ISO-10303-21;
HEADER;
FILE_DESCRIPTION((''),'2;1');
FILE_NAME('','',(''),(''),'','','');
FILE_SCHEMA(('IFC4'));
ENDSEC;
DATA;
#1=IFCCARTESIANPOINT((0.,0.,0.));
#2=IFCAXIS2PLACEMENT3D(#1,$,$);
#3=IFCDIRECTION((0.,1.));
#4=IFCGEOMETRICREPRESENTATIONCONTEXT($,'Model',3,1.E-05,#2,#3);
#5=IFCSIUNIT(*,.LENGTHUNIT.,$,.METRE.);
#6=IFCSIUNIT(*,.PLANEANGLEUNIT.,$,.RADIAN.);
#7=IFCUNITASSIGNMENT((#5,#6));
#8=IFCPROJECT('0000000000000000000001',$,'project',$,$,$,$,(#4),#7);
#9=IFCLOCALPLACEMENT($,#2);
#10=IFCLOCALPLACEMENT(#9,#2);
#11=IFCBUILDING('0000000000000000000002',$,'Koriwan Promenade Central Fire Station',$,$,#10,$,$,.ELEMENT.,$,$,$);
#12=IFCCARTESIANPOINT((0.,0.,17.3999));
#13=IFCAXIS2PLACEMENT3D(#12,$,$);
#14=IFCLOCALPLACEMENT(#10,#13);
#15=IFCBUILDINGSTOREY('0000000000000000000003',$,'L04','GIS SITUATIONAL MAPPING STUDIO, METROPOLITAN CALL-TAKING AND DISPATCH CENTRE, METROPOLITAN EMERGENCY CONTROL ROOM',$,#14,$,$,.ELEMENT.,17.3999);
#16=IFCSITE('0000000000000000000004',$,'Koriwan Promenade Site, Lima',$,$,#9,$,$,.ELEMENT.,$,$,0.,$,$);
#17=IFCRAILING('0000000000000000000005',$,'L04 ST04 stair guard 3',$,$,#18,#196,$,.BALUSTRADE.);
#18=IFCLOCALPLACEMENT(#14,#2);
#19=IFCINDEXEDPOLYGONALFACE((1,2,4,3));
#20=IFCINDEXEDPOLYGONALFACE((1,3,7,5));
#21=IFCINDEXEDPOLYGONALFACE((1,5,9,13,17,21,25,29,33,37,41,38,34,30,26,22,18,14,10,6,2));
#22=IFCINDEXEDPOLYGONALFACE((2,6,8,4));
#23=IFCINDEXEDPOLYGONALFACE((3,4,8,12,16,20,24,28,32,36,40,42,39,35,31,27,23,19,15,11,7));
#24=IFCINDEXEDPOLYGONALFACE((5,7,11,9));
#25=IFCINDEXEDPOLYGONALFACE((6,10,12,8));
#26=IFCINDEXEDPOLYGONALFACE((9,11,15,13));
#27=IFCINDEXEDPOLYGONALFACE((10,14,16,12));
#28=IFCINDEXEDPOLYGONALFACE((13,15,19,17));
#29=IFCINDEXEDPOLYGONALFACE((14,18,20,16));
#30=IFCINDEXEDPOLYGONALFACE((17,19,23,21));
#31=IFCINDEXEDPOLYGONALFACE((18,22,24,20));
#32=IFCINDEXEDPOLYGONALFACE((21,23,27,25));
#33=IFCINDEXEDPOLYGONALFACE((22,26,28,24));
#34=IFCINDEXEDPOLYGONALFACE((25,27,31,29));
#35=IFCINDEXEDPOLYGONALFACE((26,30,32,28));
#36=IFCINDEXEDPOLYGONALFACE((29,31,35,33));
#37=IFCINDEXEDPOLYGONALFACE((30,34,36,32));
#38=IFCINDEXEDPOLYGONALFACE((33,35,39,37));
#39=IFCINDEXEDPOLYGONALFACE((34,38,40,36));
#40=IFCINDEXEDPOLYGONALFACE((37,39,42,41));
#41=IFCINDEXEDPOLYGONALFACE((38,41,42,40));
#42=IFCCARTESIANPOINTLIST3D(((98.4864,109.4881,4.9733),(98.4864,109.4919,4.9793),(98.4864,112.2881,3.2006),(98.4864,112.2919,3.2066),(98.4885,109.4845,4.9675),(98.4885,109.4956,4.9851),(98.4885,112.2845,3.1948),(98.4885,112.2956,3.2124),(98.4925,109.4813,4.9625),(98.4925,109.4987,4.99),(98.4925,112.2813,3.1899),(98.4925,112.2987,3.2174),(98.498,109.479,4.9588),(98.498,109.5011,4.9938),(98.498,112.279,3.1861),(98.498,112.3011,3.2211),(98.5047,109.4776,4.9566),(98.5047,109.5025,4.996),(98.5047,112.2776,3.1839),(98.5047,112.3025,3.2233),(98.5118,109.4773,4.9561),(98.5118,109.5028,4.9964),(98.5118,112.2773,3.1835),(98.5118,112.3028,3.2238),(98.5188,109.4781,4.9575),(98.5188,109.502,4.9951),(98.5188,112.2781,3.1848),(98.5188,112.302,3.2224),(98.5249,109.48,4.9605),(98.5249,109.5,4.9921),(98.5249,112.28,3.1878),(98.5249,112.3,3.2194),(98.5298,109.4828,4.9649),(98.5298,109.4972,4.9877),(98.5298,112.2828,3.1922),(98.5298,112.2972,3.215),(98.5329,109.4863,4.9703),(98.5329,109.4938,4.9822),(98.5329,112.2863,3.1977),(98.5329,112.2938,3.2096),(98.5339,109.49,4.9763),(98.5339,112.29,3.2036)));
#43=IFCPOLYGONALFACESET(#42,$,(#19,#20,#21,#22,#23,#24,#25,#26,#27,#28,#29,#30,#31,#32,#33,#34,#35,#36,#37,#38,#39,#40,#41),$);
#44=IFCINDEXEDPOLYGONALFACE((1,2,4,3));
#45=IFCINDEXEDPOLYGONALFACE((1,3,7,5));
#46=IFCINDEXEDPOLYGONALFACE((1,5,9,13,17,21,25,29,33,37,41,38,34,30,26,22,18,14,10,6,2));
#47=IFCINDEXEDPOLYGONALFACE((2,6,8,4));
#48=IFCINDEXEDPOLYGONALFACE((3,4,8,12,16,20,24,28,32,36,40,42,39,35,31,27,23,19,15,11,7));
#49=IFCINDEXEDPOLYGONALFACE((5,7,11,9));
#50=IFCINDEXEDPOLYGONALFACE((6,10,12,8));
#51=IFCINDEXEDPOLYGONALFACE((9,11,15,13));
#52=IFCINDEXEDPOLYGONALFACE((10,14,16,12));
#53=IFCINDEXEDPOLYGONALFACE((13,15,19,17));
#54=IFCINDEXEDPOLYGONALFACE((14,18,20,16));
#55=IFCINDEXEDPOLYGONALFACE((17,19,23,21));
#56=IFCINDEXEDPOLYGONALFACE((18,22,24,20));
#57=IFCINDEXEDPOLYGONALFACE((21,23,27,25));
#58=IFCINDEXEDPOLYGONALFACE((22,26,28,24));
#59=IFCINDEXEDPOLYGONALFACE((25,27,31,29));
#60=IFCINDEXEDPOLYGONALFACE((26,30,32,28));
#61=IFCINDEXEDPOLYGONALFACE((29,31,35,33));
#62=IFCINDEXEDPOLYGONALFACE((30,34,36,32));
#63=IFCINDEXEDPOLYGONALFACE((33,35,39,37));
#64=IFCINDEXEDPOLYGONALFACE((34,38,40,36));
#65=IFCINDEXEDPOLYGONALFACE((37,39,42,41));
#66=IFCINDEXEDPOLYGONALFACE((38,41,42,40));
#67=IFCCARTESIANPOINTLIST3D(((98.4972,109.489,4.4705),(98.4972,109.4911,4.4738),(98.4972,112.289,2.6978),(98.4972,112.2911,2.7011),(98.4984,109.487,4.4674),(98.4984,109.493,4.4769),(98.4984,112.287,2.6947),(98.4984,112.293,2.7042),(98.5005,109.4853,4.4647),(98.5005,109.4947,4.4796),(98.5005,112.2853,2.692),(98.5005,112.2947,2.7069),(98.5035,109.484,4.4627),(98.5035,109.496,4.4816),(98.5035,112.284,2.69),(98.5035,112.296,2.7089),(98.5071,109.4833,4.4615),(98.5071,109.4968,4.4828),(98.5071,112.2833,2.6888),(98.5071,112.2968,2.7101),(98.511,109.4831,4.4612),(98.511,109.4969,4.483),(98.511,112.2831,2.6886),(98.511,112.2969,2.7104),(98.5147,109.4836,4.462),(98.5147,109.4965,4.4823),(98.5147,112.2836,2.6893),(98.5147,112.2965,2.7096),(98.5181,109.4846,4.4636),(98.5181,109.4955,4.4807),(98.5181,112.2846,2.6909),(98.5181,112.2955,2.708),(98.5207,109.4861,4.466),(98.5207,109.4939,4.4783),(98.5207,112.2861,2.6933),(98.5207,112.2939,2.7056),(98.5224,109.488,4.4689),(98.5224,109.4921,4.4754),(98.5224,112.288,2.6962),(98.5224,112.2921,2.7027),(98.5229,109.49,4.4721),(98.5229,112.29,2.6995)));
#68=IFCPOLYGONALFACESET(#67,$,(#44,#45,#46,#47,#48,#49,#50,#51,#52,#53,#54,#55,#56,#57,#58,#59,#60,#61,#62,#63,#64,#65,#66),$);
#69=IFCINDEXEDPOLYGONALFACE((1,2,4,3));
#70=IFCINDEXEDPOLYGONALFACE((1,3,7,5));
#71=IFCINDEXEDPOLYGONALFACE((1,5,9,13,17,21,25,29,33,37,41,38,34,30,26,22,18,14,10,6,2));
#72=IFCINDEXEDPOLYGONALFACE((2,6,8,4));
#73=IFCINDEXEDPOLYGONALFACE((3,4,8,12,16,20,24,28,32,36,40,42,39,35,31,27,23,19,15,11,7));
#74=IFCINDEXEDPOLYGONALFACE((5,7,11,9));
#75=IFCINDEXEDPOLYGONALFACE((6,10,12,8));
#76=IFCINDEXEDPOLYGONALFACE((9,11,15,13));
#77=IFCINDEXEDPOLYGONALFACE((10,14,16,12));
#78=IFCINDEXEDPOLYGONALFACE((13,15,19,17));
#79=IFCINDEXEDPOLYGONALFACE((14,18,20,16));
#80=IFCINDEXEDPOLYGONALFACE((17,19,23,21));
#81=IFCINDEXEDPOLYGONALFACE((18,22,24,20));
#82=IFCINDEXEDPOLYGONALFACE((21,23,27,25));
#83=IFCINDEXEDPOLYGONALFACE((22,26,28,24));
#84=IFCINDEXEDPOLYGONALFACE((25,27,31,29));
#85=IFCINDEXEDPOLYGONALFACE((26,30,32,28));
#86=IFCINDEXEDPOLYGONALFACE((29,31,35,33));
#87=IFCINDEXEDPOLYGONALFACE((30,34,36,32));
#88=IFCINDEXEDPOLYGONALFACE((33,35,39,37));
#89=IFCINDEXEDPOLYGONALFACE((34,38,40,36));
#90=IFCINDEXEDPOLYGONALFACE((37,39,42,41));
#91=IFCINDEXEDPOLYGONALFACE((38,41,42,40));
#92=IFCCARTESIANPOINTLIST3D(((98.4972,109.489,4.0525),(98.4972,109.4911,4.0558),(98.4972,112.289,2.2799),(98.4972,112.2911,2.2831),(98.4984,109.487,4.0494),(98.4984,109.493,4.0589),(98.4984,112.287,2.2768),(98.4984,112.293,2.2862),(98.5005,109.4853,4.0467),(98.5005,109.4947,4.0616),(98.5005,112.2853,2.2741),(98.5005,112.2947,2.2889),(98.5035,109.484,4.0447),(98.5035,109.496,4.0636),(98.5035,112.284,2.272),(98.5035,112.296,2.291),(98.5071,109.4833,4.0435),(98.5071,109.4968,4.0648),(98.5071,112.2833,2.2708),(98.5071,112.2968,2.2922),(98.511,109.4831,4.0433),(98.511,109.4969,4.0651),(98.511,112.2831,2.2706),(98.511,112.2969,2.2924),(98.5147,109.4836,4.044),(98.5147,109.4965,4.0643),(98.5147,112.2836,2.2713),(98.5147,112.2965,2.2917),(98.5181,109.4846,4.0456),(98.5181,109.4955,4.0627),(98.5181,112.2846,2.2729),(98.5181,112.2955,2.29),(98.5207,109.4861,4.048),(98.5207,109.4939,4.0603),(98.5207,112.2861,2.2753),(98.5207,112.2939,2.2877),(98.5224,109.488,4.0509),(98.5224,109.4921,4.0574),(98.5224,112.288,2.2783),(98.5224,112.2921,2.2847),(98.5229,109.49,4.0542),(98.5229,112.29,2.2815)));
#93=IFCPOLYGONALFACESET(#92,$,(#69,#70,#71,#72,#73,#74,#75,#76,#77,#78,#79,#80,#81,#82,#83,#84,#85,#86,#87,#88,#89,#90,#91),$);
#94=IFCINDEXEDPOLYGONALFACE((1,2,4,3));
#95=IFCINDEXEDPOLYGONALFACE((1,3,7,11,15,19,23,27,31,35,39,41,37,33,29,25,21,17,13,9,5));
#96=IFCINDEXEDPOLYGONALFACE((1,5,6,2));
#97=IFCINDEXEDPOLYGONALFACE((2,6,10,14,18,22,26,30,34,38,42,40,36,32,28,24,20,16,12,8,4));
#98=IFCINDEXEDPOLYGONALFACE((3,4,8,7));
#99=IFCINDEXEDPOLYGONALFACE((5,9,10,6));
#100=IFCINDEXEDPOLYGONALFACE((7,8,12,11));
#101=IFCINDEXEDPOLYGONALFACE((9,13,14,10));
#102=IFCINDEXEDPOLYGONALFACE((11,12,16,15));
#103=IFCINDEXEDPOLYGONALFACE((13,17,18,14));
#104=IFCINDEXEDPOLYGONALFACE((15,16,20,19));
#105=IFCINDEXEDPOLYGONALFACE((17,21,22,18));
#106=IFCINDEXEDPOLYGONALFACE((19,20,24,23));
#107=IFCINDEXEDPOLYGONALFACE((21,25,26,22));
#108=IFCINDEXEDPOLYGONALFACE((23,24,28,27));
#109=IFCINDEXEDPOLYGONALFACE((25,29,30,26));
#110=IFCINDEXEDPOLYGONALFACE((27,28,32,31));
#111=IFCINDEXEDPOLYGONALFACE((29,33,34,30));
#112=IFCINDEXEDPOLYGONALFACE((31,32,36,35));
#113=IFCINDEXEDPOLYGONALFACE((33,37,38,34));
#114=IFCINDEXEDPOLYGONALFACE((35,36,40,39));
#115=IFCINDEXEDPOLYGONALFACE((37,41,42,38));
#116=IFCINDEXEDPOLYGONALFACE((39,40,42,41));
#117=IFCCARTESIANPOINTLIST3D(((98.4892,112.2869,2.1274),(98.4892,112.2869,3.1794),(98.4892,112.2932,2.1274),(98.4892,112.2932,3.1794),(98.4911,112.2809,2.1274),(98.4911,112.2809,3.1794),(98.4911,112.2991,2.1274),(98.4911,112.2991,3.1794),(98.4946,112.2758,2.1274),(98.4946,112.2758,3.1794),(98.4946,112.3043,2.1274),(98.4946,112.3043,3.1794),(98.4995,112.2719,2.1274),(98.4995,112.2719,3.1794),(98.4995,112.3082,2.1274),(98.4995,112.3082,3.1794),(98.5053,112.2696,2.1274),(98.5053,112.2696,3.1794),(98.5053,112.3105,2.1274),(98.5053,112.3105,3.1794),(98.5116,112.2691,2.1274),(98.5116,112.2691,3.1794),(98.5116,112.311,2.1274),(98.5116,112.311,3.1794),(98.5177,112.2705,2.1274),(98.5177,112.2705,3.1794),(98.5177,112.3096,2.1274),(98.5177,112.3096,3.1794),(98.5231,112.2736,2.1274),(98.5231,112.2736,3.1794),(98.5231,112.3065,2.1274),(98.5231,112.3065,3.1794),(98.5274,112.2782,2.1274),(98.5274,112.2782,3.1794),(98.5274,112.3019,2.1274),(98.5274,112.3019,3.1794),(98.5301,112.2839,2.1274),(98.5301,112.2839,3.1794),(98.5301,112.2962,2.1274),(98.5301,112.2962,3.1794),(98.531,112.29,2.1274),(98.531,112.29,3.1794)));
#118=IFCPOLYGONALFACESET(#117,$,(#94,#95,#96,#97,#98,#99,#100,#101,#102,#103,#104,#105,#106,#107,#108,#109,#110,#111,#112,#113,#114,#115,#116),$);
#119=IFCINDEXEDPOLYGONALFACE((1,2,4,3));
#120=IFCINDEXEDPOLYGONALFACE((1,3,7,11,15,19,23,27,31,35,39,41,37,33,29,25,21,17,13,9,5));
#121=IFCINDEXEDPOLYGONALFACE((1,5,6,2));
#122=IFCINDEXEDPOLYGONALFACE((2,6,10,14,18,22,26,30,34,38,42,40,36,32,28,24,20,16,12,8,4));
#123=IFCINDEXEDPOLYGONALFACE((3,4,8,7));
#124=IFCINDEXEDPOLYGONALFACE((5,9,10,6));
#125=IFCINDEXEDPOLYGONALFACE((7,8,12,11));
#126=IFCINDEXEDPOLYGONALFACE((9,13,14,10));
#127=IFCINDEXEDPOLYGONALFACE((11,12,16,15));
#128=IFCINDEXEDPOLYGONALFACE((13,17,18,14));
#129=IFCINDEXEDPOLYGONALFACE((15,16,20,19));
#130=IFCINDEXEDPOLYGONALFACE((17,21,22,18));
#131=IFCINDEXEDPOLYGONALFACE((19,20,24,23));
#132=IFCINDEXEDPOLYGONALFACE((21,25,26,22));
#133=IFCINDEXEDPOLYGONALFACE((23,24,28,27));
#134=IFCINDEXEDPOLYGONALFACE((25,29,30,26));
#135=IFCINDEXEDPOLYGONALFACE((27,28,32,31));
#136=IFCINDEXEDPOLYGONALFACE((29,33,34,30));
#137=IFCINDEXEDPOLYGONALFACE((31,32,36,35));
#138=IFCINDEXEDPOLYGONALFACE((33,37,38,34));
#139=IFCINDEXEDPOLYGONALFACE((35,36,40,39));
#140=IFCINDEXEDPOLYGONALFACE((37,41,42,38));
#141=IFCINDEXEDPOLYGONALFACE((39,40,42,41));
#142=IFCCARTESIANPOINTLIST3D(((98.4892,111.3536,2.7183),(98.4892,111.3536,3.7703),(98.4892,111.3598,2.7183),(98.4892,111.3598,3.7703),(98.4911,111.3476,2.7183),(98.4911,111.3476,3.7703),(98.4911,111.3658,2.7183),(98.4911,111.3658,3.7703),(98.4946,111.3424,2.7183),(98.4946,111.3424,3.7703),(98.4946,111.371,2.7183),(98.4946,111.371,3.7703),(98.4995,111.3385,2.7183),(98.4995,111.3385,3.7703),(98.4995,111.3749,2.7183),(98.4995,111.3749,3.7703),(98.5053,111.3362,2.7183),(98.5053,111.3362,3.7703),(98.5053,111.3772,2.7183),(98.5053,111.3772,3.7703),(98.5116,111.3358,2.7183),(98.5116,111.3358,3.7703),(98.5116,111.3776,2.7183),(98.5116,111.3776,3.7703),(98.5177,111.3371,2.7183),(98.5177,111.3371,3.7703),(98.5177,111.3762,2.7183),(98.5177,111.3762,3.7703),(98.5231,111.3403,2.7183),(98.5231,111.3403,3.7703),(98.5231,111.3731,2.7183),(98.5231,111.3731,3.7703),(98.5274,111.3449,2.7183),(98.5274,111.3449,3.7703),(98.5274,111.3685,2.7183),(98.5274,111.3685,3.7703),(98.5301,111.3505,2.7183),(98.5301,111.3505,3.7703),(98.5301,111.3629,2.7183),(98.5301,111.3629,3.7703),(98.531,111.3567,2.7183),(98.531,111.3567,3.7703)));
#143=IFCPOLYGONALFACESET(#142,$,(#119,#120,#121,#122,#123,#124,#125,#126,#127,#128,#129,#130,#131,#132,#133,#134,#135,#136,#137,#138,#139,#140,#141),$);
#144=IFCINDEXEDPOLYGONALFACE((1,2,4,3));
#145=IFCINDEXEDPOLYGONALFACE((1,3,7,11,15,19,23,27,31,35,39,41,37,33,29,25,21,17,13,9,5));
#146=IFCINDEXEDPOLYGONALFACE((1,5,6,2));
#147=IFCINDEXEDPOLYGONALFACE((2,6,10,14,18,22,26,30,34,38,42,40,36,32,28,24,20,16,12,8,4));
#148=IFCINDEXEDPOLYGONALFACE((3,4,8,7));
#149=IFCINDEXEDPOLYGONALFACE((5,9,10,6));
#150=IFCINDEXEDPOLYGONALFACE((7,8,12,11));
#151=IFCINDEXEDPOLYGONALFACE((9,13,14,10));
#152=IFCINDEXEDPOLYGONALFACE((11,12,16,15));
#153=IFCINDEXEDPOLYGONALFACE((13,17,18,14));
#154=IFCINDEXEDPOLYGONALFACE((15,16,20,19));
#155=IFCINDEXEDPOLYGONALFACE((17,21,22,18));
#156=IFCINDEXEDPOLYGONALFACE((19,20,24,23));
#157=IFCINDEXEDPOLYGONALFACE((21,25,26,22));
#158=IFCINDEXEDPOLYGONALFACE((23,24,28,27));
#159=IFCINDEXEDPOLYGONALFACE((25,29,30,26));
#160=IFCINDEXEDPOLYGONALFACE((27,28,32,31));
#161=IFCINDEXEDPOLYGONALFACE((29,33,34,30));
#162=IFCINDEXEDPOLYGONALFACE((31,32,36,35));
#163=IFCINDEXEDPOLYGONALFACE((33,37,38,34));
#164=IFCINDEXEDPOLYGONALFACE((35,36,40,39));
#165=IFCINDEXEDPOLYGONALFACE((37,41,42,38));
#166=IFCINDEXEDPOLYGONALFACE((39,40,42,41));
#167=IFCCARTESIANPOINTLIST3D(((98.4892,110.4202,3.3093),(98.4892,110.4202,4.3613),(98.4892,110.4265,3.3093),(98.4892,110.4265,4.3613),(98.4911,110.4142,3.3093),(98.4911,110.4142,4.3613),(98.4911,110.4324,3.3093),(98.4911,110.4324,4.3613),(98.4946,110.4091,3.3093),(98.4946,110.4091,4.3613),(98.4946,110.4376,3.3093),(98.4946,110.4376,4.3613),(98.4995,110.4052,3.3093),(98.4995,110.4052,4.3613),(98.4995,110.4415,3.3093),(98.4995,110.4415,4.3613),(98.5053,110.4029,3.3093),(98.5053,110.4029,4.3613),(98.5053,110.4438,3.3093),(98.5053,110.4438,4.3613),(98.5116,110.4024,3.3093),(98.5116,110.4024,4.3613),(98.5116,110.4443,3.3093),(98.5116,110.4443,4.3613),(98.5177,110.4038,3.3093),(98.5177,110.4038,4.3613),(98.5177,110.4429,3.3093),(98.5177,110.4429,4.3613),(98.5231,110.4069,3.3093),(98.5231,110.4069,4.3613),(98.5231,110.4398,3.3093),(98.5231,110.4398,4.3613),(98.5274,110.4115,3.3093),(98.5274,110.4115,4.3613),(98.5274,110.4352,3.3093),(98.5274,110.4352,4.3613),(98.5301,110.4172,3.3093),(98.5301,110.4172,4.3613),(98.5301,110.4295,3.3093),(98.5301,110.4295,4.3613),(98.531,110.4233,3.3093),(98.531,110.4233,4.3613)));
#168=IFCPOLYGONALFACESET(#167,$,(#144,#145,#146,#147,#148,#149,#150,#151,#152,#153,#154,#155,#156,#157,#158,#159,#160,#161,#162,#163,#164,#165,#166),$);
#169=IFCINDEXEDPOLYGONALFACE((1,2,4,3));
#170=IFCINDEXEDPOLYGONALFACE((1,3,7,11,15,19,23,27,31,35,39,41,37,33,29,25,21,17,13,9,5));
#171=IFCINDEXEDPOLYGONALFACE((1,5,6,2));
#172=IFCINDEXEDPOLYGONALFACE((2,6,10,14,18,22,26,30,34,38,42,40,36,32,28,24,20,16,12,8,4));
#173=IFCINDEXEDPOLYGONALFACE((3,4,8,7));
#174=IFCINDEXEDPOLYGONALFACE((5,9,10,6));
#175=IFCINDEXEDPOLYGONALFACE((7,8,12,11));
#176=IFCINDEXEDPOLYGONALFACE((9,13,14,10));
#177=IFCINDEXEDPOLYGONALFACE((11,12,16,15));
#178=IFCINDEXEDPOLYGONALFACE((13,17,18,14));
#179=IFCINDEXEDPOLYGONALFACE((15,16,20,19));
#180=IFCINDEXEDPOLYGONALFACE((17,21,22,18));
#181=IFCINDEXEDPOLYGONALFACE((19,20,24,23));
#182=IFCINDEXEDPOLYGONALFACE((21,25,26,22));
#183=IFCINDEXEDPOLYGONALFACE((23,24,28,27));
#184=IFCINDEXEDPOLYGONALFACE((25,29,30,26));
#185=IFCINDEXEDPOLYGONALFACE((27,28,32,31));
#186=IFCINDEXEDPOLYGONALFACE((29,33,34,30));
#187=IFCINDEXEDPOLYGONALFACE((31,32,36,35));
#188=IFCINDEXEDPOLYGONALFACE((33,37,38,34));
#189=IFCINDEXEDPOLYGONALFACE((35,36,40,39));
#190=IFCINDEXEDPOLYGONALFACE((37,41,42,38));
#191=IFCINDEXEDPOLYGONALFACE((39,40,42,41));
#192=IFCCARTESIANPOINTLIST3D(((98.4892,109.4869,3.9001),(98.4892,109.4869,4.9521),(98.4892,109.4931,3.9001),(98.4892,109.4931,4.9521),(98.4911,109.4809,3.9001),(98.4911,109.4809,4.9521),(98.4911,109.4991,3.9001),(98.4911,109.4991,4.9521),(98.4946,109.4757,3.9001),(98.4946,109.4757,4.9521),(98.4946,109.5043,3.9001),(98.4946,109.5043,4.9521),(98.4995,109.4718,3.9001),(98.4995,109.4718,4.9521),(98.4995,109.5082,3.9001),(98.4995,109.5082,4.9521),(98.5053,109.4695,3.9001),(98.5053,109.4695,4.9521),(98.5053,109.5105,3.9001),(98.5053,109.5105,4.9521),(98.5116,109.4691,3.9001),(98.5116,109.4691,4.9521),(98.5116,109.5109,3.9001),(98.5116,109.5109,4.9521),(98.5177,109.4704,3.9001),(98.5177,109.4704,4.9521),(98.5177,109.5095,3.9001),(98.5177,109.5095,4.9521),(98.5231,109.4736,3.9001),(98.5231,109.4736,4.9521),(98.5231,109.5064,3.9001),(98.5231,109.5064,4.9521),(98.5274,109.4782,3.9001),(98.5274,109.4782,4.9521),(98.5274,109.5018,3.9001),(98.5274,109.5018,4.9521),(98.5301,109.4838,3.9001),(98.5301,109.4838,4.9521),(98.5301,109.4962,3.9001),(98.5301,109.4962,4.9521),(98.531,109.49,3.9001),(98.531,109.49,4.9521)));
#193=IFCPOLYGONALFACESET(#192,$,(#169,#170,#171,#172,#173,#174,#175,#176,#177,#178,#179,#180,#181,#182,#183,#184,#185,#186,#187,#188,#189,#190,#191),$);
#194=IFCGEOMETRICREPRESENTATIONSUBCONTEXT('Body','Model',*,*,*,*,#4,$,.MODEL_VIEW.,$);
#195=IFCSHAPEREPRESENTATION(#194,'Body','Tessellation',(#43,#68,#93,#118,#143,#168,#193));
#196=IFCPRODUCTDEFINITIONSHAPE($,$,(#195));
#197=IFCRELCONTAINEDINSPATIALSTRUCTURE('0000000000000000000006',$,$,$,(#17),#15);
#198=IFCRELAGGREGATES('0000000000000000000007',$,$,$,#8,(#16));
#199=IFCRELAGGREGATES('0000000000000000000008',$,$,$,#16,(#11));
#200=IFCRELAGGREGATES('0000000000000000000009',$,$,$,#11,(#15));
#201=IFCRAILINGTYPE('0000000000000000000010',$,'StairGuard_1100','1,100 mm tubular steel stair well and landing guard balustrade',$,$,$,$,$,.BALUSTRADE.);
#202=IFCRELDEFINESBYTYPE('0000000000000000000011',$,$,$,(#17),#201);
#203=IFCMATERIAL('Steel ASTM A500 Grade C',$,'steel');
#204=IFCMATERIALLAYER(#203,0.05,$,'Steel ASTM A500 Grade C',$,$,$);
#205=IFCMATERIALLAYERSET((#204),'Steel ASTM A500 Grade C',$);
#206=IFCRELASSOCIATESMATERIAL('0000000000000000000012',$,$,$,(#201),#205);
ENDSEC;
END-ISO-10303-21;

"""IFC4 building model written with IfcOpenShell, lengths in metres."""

from ifc_helpers import new_model, si_unit, direction, frame, origin, origin_2d, place, context, subcontext, project, spatial, circle, extrude, material, layer, layer_set, type_object, element, save


model = new_model("IFC4")

# Units and contexts
model_context = context("Model", 3, precision=1e-05, world=origin(), true_north=direction((0.0, 1.0)))
body_context = subcontext(model_context, "Body", "Model", "MODEL_VIEW")
ifc_project = project(units=[si_unit("LENGTHUNIT", "METRE"), si_unit("PLANEANGLEUNIT", "RADIAN")], contexts=[model_context])

# Site, building, storey
site_placement = place(None, origin())
site = spatial("IfcSite", under=ifc_project, at=site_placement, Name="Koriwan Promenade Site, Lima", CompositionType="ELEMENT", RefElevation=0.0)
building_placement = place(site_placement, origin())
building = spatial("IfcBuilding", under=site, at=building_placement, Name="Koriwan Promenade Central Fire Station", CompositionType="ELEMENT")
storey_placement = place(building_placement, frame((0.0, 0.0, 17.3999)))
storey = spatial("IfcBuildingStorey", under=building, at=storey_placement, Name="L04", Description="GIS SITUATIONAL MAPPING STUDIO, METROPOLITAN CALL-TAKING AND DISPATCH CENTRE, METROPOLITAN EMERGENCY CONTROL ROOM", CompositionType="ELEMENT", Elevation=17.3999)

# Railing
ifc_material_1 = material(Name="Steel ASTM A500 Grade C", Category="steel")
ifc_layer_1 = layer(ifc_material_1, 0.05, Name="Steel ASTM A500 Grade C")
ifc_layer_set_1 = layer_set([ifc_layer_1], Name="Steel ASTM A500 Grade C")
railing_type_1 = type_object("IfcRailingType", Name="StairGuard_1100", Description="1,100 mm tubular steel stair well and landing guard balustrade", PredefinedType="BALUSTRADE", material=ifc_layer_set_1)
railing_1_placement = place(storey_placement, frame((98.51, 112.29, 2.1274)))
element("IfcRailing", 1, at=railing_1_placement, inside=storey, type_object=railing_type_1, Name="L04 ST04 stair guard 3", PredefinedType="BALUSTRADE", context=body_context, shape_type="SweptSolid", body=[
    extrude(circle(Radius=0.0239, at=origin_2d()), frame((0.0, 0.0, 1.0762), z_axis=(0.0, -0.844909, 0.53491), x_axis=(1.0, 0.0, 0.0)), (0.0, 0.0, 1.0), 3.314),
    extrude(circle(Radius=0.0129, at=origin_2d()), frame((0.0, 0.0, 0.572), z_axis=(0.0, -0.844909, 0.53491), x_axis=(1.0, 0.0, 0.0)), (0.0, 0.0, 1.0), 3.314),
    extrude(circle(Radius=0.0129, at=origin_2d()), frame((0.0, 0.0, 0.1541), z_axis=(0.0, -0.844909, 0.53491), x_axis=(1.0, 0.0, 0.0)), (0.0, 0.0, 1.0), 3.314),
    extrude(circle(Radius=0.021, at=origin_2d()), origin(), (0.0, 0.0, 1.0), 1.052),
    extrude(circle(Radius=0.021, at=origin_2d()), frame((0.0, -0.9333, 0.5908)), (0.0, 0.0, 1.0), 1.052),
    extrude(circle(Radius=0.021, at=origin_2d()), frame((0.0, -1.8667, 1.1819)), (0.0, 0.0, 1.0), 1.052),
    extrude(circle(Radius=0.021, at=origin_2d()), frame((0.0, -2.8, 1.7727)), (0.0, 0.0, 1.0), 1.052),
])

save(model, "model.ifc")
